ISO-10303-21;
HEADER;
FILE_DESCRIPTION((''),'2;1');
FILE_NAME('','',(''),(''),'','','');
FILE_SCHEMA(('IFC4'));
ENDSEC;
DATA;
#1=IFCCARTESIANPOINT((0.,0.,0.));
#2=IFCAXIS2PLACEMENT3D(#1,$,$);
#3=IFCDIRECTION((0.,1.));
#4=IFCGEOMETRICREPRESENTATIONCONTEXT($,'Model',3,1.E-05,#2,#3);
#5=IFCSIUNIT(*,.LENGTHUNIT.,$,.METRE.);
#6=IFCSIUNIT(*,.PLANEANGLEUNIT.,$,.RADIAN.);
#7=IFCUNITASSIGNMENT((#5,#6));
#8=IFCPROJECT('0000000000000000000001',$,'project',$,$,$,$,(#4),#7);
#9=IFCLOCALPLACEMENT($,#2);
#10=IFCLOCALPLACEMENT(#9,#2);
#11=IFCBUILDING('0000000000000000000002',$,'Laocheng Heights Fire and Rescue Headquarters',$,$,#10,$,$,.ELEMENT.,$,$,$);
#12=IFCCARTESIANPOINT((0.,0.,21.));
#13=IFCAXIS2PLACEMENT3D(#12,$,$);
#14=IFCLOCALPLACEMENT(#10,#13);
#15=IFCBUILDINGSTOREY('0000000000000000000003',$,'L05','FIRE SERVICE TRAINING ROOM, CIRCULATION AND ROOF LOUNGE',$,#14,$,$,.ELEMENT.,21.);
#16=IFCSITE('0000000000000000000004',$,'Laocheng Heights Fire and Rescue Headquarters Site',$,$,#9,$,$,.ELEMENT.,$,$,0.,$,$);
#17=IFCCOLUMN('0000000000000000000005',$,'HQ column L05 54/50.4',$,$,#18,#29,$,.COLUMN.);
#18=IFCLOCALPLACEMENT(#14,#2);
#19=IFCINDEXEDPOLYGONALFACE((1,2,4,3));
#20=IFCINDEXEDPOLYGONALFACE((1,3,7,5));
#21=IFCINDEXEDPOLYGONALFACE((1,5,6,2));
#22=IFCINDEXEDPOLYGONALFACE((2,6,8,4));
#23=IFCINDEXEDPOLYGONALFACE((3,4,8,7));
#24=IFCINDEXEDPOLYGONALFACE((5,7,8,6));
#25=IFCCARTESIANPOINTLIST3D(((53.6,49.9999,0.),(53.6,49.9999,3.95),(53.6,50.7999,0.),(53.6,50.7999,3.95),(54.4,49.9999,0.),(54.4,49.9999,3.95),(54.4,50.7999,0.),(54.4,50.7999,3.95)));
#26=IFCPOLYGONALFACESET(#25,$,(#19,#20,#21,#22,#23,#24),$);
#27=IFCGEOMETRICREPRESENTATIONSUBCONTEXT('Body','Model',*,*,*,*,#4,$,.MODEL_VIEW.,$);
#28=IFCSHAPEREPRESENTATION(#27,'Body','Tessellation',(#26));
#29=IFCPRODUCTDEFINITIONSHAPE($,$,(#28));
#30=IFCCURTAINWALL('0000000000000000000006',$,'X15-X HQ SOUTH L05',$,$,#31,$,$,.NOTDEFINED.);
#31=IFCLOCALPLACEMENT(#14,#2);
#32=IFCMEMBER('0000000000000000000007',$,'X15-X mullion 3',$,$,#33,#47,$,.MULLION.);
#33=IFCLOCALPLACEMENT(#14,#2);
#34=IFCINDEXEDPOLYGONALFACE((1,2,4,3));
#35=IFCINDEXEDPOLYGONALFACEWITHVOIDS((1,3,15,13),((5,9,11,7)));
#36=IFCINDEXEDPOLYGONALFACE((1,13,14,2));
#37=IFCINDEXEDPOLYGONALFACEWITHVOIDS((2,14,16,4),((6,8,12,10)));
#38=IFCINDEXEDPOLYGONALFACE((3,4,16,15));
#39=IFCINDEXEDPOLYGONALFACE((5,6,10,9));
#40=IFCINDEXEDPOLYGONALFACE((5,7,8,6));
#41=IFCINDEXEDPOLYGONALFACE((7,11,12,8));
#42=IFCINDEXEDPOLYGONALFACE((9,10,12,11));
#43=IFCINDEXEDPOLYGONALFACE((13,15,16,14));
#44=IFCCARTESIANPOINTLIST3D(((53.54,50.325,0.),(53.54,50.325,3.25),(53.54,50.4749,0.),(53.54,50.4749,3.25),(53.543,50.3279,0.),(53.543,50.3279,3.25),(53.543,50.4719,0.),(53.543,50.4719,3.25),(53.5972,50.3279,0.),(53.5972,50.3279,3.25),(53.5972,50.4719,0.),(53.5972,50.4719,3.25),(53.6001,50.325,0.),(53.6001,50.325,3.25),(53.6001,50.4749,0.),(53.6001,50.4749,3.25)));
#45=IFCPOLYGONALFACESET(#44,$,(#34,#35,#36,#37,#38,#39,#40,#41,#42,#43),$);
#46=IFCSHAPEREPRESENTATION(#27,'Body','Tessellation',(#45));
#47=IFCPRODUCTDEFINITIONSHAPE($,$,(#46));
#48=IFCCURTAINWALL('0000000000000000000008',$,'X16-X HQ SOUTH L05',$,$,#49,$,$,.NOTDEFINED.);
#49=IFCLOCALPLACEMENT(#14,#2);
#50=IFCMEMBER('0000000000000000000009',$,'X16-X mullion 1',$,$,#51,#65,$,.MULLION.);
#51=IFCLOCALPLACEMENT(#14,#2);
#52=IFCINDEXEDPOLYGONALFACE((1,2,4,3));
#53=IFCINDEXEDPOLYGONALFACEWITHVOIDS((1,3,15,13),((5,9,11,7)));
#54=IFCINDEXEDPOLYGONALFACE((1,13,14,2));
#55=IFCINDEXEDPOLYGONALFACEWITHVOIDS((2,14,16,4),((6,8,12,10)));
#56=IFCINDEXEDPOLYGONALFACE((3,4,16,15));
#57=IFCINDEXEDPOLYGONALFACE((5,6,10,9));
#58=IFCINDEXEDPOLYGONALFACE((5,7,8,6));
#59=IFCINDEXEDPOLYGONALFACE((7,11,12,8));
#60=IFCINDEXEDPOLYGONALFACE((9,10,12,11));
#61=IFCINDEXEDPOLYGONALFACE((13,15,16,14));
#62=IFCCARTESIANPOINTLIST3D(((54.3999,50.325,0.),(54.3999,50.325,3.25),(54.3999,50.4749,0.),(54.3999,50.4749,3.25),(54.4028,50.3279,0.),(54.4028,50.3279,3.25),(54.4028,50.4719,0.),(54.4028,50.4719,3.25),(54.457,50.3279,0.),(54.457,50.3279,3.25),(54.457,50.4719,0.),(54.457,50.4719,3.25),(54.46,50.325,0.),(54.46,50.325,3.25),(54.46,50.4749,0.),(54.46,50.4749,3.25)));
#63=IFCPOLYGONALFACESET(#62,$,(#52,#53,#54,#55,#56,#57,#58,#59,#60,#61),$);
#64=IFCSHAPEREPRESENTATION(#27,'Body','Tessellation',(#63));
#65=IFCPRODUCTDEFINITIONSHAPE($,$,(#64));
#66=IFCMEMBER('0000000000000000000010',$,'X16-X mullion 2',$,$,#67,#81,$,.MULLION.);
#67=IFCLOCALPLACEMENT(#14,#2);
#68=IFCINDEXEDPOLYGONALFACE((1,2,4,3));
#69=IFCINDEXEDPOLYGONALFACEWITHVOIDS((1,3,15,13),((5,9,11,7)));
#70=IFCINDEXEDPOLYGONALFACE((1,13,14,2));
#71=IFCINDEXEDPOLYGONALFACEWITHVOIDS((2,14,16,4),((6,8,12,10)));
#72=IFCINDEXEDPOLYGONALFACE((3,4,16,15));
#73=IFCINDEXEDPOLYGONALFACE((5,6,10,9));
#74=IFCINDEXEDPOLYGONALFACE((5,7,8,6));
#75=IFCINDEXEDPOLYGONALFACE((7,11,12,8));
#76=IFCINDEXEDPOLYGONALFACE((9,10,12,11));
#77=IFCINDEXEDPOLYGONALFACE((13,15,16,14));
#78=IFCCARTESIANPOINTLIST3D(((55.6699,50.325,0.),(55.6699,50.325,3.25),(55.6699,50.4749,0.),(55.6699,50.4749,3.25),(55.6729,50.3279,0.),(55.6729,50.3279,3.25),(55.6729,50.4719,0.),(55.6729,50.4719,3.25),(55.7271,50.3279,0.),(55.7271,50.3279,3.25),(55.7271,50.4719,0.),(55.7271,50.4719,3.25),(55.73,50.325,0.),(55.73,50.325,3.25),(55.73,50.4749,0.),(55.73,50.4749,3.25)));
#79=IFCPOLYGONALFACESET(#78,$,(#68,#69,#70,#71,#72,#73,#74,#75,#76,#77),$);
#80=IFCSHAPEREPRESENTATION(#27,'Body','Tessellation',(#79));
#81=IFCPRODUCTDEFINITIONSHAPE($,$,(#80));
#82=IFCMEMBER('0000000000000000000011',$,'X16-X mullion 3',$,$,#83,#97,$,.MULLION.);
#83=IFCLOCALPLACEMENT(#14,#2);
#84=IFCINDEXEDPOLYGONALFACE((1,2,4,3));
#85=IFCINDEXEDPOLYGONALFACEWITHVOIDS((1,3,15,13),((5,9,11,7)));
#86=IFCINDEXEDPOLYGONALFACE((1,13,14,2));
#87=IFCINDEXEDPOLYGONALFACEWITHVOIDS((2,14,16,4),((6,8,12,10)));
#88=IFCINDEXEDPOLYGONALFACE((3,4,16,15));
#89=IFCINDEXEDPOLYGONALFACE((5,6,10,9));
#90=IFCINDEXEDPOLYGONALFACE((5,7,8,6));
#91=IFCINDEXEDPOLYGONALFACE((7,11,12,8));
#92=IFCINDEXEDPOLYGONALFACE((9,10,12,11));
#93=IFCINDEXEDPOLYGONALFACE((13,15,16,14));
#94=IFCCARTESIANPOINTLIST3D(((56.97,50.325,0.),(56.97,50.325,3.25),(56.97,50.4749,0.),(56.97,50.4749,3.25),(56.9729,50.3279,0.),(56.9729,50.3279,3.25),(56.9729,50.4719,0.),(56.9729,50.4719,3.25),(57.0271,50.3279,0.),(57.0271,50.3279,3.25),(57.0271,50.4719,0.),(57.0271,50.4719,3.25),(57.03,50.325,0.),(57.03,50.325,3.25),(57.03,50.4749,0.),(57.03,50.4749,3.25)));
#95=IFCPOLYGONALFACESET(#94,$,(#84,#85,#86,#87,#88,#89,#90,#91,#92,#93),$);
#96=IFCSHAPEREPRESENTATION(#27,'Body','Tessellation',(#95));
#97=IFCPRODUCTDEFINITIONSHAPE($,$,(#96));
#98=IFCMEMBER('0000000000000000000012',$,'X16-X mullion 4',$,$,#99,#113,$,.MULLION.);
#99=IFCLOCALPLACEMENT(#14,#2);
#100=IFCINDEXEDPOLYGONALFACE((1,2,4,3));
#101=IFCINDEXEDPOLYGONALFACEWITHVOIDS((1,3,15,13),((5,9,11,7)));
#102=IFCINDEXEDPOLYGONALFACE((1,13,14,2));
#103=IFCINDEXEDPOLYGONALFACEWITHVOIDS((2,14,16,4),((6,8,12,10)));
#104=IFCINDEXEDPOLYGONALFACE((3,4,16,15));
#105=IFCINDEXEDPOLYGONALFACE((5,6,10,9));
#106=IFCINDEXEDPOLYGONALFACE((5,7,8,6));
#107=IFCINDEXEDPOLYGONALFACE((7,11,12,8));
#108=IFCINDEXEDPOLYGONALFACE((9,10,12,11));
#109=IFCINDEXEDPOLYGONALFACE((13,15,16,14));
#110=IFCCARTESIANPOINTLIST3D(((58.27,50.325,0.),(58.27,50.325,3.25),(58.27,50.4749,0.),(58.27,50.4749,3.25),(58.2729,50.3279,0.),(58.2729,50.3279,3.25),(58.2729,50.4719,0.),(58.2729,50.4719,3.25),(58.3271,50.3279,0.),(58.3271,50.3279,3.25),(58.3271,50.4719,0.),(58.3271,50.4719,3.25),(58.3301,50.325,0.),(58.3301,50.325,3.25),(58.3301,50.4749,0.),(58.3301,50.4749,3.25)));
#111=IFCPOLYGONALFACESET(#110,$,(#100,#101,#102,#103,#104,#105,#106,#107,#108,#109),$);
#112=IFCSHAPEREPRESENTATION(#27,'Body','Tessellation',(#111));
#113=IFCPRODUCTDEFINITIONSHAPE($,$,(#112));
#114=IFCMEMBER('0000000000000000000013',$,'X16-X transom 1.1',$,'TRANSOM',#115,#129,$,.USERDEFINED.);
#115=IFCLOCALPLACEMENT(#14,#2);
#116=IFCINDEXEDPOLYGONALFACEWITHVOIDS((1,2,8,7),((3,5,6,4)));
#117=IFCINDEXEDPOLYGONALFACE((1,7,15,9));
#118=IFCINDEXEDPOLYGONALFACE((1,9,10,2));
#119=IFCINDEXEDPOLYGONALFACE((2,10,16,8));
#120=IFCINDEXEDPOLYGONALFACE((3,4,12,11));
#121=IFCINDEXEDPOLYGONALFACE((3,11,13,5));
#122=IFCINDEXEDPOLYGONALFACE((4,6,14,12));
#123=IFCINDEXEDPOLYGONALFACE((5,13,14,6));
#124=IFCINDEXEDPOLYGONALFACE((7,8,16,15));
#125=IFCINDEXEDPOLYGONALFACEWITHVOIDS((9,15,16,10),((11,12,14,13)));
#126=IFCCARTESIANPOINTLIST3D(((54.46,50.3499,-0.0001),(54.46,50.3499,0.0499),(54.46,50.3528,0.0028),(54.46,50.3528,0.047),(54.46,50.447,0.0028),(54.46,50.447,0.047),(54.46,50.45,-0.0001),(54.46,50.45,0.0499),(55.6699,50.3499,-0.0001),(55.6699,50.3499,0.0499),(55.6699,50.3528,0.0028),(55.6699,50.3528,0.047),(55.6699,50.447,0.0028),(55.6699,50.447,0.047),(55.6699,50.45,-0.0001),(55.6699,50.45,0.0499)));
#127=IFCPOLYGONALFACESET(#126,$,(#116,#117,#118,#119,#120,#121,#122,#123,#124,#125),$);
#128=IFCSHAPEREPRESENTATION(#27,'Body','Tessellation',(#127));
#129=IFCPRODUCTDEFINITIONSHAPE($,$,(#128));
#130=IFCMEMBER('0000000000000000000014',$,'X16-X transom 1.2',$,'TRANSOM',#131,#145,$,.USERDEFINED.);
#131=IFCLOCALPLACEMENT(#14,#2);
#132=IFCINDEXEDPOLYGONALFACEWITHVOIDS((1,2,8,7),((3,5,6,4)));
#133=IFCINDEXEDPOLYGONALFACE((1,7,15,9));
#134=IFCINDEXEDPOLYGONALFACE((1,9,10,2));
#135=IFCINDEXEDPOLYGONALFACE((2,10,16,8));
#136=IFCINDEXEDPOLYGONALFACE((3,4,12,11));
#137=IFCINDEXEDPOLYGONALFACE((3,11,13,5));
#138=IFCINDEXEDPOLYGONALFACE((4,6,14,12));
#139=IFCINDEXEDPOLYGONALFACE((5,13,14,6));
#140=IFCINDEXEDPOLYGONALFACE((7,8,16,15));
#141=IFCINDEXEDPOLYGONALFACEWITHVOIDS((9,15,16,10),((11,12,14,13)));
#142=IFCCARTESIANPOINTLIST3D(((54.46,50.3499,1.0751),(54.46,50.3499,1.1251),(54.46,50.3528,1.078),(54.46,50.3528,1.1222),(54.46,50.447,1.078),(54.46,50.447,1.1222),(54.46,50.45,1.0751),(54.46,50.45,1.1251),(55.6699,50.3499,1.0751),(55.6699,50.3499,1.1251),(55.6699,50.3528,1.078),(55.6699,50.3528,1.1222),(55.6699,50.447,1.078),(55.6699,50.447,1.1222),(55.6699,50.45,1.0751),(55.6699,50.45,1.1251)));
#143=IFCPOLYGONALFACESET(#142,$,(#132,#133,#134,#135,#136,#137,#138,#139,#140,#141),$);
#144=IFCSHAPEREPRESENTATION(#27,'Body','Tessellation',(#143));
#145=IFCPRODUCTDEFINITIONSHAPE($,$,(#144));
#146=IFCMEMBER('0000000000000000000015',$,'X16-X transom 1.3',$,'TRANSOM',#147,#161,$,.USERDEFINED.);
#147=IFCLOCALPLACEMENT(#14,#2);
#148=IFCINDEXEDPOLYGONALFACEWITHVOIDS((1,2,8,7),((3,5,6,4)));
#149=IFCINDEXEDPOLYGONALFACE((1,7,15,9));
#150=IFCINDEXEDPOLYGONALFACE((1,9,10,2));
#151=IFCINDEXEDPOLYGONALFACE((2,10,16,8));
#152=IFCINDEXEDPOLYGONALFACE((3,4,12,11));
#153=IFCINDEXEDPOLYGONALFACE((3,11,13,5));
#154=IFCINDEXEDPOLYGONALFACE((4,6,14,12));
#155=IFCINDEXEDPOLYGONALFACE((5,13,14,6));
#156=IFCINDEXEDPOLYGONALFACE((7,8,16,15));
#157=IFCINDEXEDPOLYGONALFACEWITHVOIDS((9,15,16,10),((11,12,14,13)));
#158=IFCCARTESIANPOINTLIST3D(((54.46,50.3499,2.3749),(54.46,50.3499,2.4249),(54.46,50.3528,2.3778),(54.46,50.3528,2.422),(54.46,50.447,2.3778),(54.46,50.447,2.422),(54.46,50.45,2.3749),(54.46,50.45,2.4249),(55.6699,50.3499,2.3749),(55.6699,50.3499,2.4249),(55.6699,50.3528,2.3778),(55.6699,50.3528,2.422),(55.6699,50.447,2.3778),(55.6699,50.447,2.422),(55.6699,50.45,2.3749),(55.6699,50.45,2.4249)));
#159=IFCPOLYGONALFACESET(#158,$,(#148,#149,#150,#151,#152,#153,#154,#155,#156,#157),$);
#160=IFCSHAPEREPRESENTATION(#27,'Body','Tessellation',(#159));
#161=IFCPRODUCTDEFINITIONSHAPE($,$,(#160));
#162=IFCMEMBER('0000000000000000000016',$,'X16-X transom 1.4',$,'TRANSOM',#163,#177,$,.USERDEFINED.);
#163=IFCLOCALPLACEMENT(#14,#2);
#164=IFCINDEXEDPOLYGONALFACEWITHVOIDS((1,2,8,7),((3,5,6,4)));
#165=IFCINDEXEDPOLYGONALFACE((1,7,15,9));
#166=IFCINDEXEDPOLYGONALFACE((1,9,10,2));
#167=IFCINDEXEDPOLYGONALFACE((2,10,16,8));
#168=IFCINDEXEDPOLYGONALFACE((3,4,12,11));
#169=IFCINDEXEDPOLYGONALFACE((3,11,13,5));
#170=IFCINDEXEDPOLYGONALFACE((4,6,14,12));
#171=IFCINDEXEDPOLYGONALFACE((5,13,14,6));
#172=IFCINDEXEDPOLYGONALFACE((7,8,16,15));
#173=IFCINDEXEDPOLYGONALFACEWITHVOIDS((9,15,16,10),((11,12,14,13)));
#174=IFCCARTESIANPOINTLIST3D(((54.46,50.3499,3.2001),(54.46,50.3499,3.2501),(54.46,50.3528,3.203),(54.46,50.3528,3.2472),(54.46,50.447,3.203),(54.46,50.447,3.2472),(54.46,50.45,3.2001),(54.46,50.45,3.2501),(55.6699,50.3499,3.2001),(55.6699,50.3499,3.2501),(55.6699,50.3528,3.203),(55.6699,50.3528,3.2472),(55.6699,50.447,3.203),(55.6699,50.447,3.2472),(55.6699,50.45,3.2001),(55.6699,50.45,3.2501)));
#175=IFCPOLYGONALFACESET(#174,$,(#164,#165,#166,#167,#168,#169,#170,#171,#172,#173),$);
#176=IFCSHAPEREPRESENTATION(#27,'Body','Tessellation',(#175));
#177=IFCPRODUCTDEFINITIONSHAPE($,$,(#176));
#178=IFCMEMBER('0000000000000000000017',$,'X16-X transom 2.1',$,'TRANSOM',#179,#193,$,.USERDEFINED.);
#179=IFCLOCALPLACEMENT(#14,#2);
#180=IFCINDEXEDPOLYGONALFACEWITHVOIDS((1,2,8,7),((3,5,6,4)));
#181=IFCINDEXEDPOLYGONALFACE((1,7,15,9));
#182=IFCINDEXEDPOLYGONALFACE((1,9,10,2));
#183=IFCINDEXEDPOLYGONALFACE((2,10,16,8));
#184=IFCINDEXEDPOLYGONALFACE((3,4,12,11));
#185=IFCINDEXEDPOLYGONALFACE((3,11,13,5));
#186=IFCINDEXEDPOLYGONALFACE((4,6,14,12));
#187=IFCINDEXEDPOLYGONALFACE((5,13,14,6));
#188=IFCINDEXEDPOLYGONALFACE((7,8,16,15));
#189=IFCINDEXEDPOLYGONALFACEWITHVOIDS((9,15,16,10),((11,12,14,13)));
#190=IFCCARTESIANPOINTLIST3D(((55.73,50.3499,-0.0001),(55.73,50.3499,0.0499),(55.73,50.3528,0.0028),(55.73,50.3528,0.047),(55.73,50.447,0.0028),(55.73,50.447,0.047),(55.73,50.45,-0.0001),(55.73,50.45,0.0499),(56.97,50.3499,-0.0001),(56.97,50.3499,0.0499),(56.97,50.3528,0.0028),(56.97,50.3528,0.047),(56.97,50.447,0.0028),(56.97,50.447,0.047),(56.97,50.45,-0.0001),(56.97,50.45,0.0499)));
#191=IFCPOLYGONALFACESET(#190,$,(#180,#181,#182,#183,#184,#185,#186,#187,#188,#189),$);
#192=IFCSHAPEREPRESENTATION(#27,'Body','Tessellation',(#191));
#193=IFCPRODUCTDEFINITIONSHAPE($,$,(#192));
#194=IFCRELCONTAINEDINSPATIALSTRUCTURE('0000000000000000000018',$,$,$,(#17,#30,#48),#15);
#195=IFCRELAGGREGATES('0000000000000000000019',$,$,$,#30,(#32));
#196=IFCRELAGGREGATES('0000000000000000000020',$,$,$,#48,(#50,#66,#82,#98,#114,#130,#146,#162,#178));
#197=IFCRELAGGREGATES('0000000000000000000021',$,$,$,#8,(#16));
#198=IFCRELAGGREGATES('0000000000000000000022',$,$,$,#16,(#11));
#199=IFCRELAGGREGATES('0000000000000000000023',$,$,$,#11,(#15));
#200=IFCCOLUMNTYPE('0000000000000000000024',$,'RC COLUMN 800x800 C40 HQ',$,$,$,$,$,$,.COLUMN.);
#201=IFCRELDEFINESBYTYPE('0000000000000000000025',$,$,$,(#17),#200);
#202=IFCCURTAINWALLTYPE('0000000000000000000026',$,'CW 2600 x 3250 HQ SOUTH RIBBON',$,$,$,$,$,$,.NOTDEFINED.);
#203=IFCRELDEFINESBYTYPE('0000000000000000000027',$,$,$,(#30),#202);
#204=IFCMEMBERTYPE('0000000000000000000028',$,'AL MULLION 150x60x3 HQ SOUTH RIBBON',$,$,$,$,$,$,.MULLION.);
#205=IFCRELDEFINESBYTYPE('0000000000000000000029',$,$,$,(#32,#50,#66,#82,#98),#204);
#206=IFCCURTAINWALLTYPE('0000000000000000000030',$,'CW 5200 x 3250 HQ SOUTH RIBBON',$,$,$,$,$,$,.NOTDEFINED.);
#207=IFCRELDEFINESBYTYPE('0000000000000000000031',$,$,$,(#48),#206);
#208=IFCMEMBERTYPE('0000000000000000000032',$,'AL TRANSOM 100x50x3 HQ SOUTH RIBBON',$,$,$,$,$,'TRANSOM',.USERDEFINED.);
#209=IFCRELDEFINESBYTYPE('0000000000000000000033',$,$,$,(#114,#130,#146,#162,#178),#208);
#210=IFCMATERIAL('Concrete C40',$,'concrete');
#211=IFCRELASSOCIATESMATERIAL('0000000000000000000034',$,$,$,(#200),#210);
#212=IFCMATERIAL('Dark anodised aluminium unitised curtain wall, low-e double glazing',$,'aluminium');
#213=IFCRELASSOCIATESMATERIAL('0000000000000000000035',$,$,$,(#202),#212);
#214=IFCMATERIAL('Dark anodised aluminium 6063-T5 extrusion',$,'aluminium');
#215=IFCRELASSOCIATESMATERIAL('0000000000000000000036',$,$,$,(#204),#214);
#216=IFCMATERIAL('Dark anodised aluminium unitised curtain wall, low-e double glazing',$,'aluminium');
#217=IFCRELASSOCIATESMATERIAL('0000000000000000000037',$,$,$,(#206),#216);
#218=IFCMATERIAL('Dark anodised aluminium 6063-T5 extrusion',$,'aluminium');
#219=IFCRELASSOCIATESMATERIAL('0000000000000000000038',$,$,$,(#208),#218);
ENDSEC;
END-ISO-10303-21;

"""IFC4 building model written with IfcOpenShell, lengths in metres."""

from ifc_helpers import new_model, si_unit, direction, frame, origin, origin_2d, place, context, subcontext, project, spatial, rectangle, hollow_rectangle, extrude, material, material_profile, profile_set, type_object, element, aggregate, save


model = new_model("IFC4")

# Units and contexts
model_context = context("Model", 3, precision=1e-05, world=origin(), true_north=direction((0.0, 1.0)))
body_context = subcontext(model_context, "Body", "Model", "MODEL_VIEW")
ifc_project = project(units=[si_unit("LENGTHUNIT", "METRE"), si_unit("PLANEANGLEUNIT", "RADIAN")], contexts=[model_context])

# Site, building, storey
site_placement = place(None, origin())
site = spatial("IfcSite", under=ifc_project, at=site_placement, Name="Laocheng Heights Fire and Rescue Headquarters Site", CompositionType="ELEMENT", RefElevation=0.0)
building_placement = place(site_placement, origin())
building = spatial("IfcBuilding", under=site, at=building_placement, Name="Laocheng Heights Fire and Rescue Headquarters", CompositionType="ELEMENT")
storey_placement = place(building_placement, frame((0.0, 0.0, 21.0)))
storey = spatial("IfcBuildingStorey", under=building, at=storey_placement, Name="L05", Description="FIRE SERVICE TRAINING ROOM, CIRCULATION AND ROOF LOUNGE", CompositionType="ELEMENT", Elevation=21.0)

# Column
ifc_material_1 = material(Name="Concrete C40", Category="concrete")
ifc_material_profile_1 = material_profile(ifc_material_1, rectangle(XDim=0.8, YDim=0.8, at=origin_2d()), Name="RC COLUMN 800x800 C40 HQ")
ifc_profile_set_1 = profile_set([ifc_material_profile_1], Name="Concrete C40")
column_type = type_object("IfcColumnType", Name="RC COLUMN 800x800 C40 HQ", PredefinedType="COLUMN", material=ifc_profile_set_1)
column_placement = place(storey_placement, frame((54.0, 50.3999, 0.0), z_axis=(0.0, 0.0, 1.0), x_axis=(1.0, 0.0, 0.0)))
element("IfcColumn", 1, at=column_placement, inside=storey, type_object=column_type, Name="HQ column L05 54/50.4", PredefinedType="COLUMN", context=body_context, shape_type="SweptSolid", body=[
    extrude(rectangle(XDim=0.8, YDim=0.8, at=origin_2d()), origin(), (0.0, 0.0, 1.0), 3.95),
])

# Curtain wall, member
ifc_material_2 = material(Name="Dark anodised aluminium unitised curtain wall, low-e double glazing", Category="aluminium")
curtain_wall_type_1 = type_object("IfcCurtainWallType", Name="CW 2600 x 3250 HQ SOUTH RIBBON", PredefinedType="NOTDEFINED", material=ifc_material_2)
curtain_wall_1_placement = place(storey_placement, origin())
curtain_wall_1 = element("IfcCurtainWall", 2, at=curtain_wall_1_placement, inside=storey, type_object=curtain_wall_type_1, Name="X15-X HQ SOUTH L05", PredefinedType="NOTDEFINED")
ifc_material_3 = material(Name="Dark anodised aluminium 6063-T5 extrusion", Category="aluminium")
ifc_material_profile_2 = material_profile(ifc_material_3, hollow_rectangle(XDim=0.1499, YDim=0.0601, WallThickness=0.0029, at=origin_2d()), Name="AL MULLION 150x60x3 HQ SOUTH RIBBON")
ifc_profile_set_2 = profile_set([ifc_material_profile_2], Name="Dark anodised aluminium 6063-T5 extrusion")
member_type_1 = type_object("IfcMemberType", Name="AL MULLION 150x60x3 HQ SOUTH RIBBON", PredefinedType="MULLION", material=ifc_profile_set_2)
member_1_placement = place(storey_placement, frame((53.5701, 50.3999, 0.0), z_axis=(0.0, 0.0, 1.0), x_axis=(0.0, 1.0, 0.0)))
member_1 = element("IfcMember", 3, at=member_1_placement, type_object=member_type_1, Name="X15-X mullion 3", PredefinedType="MULLION", context=body_context, shape_type="SweptSolid", body=[
    extrude(hollow_rectangle(XDim=0.1499, YDim=0.0601, WallThickness=0.0029, at=origin_2d()), origin(), (0.0, 0.0, 1.0), 3.25),
])

# Curtain wall, members
ifc_material_4 = material(Name="Dark anodised aluminium unitised curtain wall, low-e double glazing", Category="aluminium")
curtain_wall_type_2 = type_object("IfcCurtainWallType", Name="CW 5200 x 3250 HQ SOUTH RIBBON", PredefinedType="NOTDEFINED", material=ifc_material_4)
curtain_wall_2_placement = place(storey_placement, origin())
curtain_wall_2 = element("IfcCurtainWall", 4, at=curtain_wall_2_placement, inside=storey, type_object=curtain_wall_type_2, Name="X16-X HQ SOUTH L05", PredefinedType="NOTDEFINED")
member_2_placement = place(storey_placement, frame((54.4299, 50.3999, 0.0), z_axis=(0.0, 0.0, 1.0), x_axis=(0.0, 1.0, 0.0)))
member_2 = element("IfcMember", 5, at=member_2_placement, type_object=member_type_1, Name="X16-X mullion 1", PredefinedType="MULLION", context=body_context, shape_type="SweptSolid", body=[
    extrude(hollow_rectangle(XDim=0.1499, YDim=0.0601, WallThickness=0.0029, at=origin_2d()), origin(), (0.0, 0.0, 1.0), 3.25),
])
member_3_placement = place(storey_placement, frame((55.7, 50.3999, 0.0), z_axis=(0.0, 0.0, 1.0), x_axis=(0.0, 1.0, 0.0)))
member_3 = element("IfcMember", 6, at=member_3_placement, type_object=member_type_1, Name="X16-X mullion 2", PredefinedType="MULLION", context=body_context, shape_type="SweptSolid", body=[
    extrude(hollow_rectangle(XDim=0.1499, YDim=0.0601, WallThickness=0.0029, at=origin_2d()), origin(), (0.0, 0.0, 1.0), 3.25),
])
member_4_placement = place(storey_placement, frame((57.0, 50.3999, 0.0), z_axis=(0.0, 0.0, 1.0), x_axis=(0.0, 1.0, 0.0)))
member_4 = element("IfcMember", 7, at=member_4_placement, type_object=member_type_1, Name="X16-X mullion 3", PredefinedType="MULLION", context=body_context, shape_type="SweptSolid", body=[
    extrude(hollow_rectangle(XDim=0.1499, YDim=0.0601, WallThickness=0.0029, at=origin_2d()), origin(), (0.0, 0.0, 1.0), 3.25),
])
member_5_placement = place(storey_placement, frame((58.3, 50.3999, 0.0), z_axis=(0.0, 0.0, 1.0), x_axis=(0.0, 1.0, 0.0)))
member_5 = element("IfcMember", 8, at=member_5_placement, type_object=member_type_1, Name="X16-X mullion 4", PredefinedType="MULLION", context=body_context, shape_type="SweptSolid", body=[
    extrude(hollow_rectangle(XDim=0.1499, YDim=0.0601, WallThickness=0.0029, at=origin_2d()), origin(), (0.0, 0.0, 1.0), 3.25),
])
ifc_material_5 = material(Name="Dark anodised aluminium 6063-T5 extrusion", Category="aluminium")
ifc_material_profile_3 = material_profile(ifc_material_5, hollow_rectangle(XDim=0.1001, YDim=0.05, WallThickness=0.0029, at=origin_2d()), Name="AL TRANSOM 100x50x3 HQ SOUTH RIBBON")
ifc_profile_set_3 = profile_set([ifc_material_profile_3], Name="Dark anodised aluminium 6063-T5 extrusion")
member_type_2 = type_object("IfcMemberType", Name="AL TRANSOM 100x50x3 HQ SOUTH RIBBON", ElementType="TRANSOM", PredefinedType="USERDEFINED", material=ifc_profile_set_3)
member_6_placement = place(storey_placement, frame((54.46, 50.3999, 0.0249), z_axis=(1.0, 0.0, 0.0), x_axis=(0.0, 1.0, 0.0)))
member_6 = element("IfcMember", 9, at=member_6_placement, type_object=member_type_2, Name="X16-X transom 1.1", ObjectType="TRANSOM", PredefinedType="USERDEFINED", context=body_context, shape_type="SweptSolid", body=[
    extrude(hollow_rectangle(XDim=0.1001, YDim=0.05, WallThickness=0.0029, at=origin_2d()), origin(), (0.0, 0.0, 1.0), 1.21),
])
member_7_placement = place(storey_placement, frame((54.46, 50.3999, 1.1001), z_axis=(1.0, 0.0, 0.0), x_axis=(0.0, 1.0, 0.0)))
member_7 = element("IfcMember", 10, at=member_7_placement, type_object=member_type_2, Name="X16-X transom 1.2", ObjectType="TRANSOM", PredefinedType="USERDEFINED", context=body_context, shape_type="SweptSolid", body=[
    extrude(hollow_rectangle(XDim=0.1001, YDim=0.05, WallThickness=0.0029, at=origin_2d()), origin(), (0.0, 0.0, 1.0), 1.21),
])
member_8_placement = place(storey_placement, frame((54.46, 50.3999, 2.3999), z_axis=(1.0, 0.0, 0.0), x_axis=(0.0, 1.0, 0.0)))
member_8 = element("IfcMember", 11, at=member_8_placement, type_object=member_type_2, Name="X16-X transom 1.3", ObjectType="TRANSOM", PredefinedType="USERDEFINED", context=body_context, shape_type="SweptSolid", body=[
    extrude(hollow_rectangle(XDim=0.1001, YDim=0.05, WallThickness=0.0029, at=origin_2d()), origin(), (0.0, 0.0, 1.0), 1.21),
])
member_9_placement = place(storey_placement, frame((54.46, 50.3999, 3.2251), z_axis=(1.0, 0.0, 0.0), x_axis=(0.0, 1.0, 0.0)))
member_9 = element("IfcMember", 12, at=member_9_placement, type_object=member_type_2, Name="X16-X transom 1.4", ObjectType="TRANSOM", PredefinedType="USERDEFINED", context=body_context, shape_type="SweptSolid", body=[
    extrude(hollow_rectangle(XDim=0.1001, YDim=0.05, WallThickness=0.0029, at=origin_2d()), origin(), (0.0, 0.0, 1.0), 1.21),
])
member_10_placement = place(storey_placement, frame((55.73, 50.3999, 0.0249), z_axis=(1.0, 0.0, 0.0), x_axis=(0.0, 1.0, 0.0)))
member_10 = element("IfcMember", 13, at=member_10_placement, type_object=member_type_2, Name="X16-X transom 2.1", ObjectType="TRANSOM", PredefinedType="USERDEFINED", context=body_context, shape_type="SweptSolid", body=[
    extrude(hollow_rectangle(XDim=0.1001, YDim=0.05, WallThickness=0.0029, at=origin_2d()), origin(), (0.0, 0.0, 1.0), 1.24),
])

aggregate(curtain_wall_1, [member_1])
aggregate(curtain_wall_2, [member_2, member_3, member_4, member_5, member_6, member_7, member_8, member_9, member_10])

save(model, "model.ifc")
